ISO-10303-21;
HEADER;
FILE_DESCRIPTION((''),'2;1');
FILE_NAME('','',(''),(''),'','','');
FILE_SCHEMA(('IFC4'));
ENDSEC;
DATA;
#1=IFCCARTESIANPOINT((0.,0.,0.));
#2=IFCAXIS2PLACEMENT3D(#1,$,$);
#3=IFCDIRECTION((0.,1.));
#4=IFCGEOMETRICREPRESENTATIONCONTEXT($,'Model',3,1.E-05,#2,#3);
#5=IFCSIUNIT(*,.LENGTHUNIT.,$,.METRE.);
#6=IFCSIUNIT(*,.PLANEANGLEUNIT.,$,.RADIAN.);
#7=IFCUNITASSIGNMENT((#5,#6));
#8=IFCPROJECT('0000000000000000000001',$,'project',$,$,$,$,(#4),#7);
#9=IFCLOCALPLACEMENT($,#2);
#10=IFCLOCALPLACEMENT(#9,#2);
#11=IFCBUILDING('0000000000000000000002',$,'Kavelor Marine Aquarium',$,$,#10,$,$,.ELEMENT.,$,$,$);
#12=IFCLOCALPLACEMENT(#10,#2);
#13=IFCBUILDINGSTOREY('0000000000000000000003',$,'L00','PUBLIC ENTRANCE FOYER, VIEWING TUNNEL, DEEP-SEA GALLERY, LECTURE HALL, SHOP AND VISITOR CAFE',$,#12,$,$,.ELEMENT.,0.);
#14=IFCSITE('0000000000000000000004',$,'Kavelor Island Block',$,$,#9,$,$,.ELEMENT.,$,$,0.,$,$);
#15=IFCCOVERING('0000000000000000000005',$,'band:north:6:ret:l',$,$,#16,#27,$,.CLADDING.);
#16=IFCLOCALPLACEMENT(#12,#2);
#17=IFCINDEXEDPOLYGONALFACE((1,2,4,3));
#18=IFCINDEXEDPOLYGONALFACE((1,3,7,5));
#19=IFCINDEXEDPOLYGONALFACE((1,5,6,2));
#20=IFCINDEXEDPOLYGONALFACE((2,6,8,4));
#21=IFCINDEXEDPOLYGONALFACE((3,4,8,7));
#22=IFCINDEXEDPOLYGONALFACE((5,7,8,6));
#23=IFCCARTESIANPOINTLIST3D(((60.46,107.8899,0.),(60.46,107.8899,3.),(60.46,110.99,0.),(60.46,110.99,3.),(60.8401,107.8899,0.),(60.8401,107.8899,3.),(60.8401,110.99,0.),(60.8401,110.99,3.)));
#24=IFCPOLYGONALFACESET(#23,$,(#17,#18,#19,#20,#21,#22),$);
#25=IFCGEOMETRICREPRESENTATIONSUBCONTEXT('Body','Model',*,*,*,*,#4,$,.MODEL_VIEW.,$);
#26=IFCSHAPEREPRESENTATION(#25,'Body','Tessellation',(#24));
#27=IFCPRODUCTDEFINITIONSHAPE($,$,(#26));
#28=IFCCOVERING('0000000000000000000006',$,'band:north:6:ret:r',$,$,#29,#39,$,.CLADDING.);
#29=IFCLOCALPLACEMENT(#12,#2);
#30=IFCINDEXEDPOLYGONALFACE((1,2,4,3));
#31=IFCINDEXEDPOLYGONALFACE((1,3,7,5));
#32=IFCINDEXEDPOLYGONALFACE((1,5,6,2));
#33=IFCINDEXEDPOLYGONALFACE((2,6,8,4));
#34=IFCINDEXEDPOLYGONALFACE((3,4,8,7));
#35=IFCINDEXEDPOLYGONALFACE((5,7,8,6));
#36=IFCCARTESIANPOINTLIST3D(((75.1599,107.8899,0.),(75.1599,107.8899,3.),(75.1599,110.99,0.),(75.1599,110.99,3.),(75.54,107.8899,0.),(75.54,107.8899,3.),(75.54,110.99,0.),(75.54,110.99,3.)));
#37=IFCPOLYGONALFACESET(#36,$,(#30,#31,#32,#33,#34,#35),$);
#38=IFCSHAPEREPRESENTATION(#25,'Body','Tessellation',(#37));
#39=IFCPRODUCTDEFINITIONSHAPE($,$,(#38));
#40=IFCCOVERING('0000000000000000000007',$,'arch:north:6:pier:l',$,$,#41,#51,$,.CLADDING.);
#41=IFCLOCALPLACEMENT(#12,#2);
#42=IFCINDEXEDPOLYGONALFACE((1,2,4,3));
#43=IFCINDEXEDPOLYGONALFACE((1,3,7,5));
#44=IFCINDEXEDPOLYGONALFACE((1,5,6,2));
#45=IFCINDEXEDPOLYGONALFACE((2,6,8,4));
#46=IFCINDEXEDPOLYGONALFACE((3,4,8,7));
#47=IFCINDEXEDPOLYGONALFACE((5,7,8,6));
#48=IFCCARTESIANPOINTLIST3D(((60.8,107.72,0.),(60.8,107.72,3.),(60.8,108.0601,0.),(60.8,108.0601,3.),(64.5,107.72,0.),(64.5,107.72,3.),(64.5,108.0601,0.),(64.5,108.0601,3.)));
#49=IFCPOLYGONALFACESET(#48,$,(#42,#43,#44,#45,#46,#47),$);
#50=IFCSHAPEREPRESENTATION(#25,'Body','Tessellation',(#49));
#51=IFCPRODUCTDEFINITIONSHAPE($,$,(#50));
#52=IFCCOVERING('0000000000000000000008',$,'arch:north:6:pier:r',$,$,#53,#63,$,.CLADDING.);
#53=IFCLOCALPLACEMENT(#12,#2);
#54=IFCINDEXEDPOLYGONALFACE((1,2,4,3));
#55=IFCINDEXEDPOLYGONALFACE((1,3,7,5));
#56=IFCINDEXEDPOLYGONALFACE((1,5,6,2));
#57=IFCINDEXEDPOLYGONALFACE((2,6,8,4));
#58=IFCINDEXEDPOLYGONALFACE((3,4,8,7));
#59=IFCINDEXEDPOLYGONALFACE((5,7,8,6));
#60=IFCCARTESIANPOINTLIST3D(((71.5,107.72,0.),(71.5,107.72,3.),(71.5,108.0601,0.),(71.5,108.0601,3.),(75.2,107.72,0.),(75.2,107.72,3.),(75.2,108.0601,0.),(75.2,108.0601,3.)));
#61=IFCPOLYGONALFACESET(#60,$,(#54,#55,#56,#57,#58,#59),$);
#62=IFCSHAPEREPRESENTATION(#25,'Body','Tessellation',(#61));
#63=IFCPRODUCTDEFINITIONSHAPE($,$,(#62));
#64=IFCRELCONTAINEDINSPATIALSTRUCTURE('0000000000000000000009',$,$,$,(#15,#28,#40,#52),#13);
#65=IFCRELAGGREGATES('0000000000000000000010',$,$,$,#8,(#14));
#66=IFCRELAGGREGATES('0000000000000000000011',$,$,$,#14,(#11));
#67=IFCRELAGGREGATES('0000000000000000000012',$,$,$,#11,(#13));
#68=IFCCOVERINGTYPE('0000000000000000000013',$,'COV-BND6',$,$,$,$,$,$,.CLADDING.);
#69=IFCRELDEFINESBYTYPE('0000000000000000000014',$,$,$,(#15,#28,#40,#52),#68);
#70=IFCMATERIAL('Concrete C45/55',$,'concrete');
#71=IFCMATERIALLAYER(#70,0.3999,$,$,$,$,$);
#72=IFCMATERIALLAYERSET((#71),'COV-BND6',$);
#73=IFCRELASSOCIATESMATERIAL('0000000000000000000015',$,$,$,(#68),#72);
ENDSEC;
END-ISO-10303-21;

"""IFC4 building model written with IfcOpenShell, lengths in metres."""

from ifc_helpers import new_model, si_unit, direction, origin, place, context, subcontext, project, spatial, polyline, outline, extrude, material, layer, layer_set, type_object, element, save


model = new_model("IFC4")

# Units and contexts
model_context = context("Model", 3, precision=1e-05, world=origin(), true_north=direction((0.0, 1.0)))
body_context = subcontext(model_context, "Body", "Model", "MODEL_VIEW")
ifc_project = project(units=[si_unit("LENGTHUNIT", "METRE"), si_unit("PLANEANGLEUNIT", "RADIAN")], contexts=[model_context])

# Site, building, storey
site_placement = place(None, origin())
site = spatial("IfcSite", under=ifc_project, at=site_placement, Name="Kavelor Island Block", CompositionType="ELEMENT", RefElevation=0.0)
building_placement = place(site_placement, origin())
building = spatial("IfcBuilding", under=site, at=building_placement, Name="Kavelor Marine Aquarium", CompositionType="ELEMENT")
storey_placement = place(building_placement, origin())
storey = spatial("IfcBuildingStorey", under=building, at=storey_placement, Name="L00", Description="PUBLIC ENTRANCE FOYER, VIEWING TUNNEL, DEEP-SEA GALLERY, LECTURE HALL, SHOP AND VISITOR CAFE", CompositionType="ELEMENT", Elevation=0.0)

# Coverings
ifc_material_1 = material(Name="Concrete C45/55", Category="concrete")
ifc_layer_1 = layer(ifc_material_1, 0.3999)
ifc_layer_set_1 = layer_set([ifc_layer_1], Name="COV-BND6")
covering_type_1 = type_object("IfcCoveringType", Name="COV-BND6", PredefinedType="CLADDING", material=ifc_layer_set_1)
covering_1_placement = place(storey_placement, origin())
element("IfcCovering", 1, at=covering_1_placement, inside=storey, type_object=covering_type_1, Name="band:north:6:ret:l", PredefinedType="CLADDING", context=body_context, shape_type="SweptSolid", body=[
    extrude(outline(polyline([(60.46, 107.8899), (60.8401, 107.8899), (60.8401, 110.99), (60.46, 110.99), (60.46, 107.8899)])), origin(), (0.0, 0.0, 1.0), 3.0),
])
covering_2_placement = place(storey_placement, origin())
element("IfcCovering", 2, at=covering_2_placement, inside=storey, type_object=covering_type_1, Name="band:north:6:ret:r", PredefinedType="CLADDING", context=body_context, shape_type="SweptSolid", body=[
    extrude(outline(polyline([(75.1599, 107.8899), (75.54, 107.8899), (75.54, 110.99), (75.1599, 110.99), (75.1599, 107.8899)])), origin(), (0.0, 0.0, 1.0), 3.0),
])
covering_3_placement = place(storey_placement, origin())
element("IfcCovering", 3, at=covering_3_placement, inside=storey, type_object=covering_type_1, Name="arch:north:6:pier:l", PredefinedType="CLADDING", context=body_context, shape_type="SweptSolid", body=[
    extrude(outline(polyline([(60.8, 107.72), (64.5, 107.72), (64.5, 108.0601), (60.8, 108.0601), (60.8, 107.72)])), origin(), (0.0, 0.0, 1.0), 3.0),
])
covering_4_placement = place(storey_placement, origin())
element("IfcCovering", 4, at=covering_4_placement, inside=storey, type_object=covering_type_1, Name="arch:north:6:pier:r", PredefinedType="CLADDING", context=body_context, shape_type="SweptSolid", body=[
    extrude(outline(polyline([(71.5, 107.72), (75.2, 107.72), (75.2, 108.0601), (71.5, 108.0601), (71.5, 107.72)])), origin(), (0.0, 0.0, 1.0), 3.0),
])

save(model, "model.ifc")
